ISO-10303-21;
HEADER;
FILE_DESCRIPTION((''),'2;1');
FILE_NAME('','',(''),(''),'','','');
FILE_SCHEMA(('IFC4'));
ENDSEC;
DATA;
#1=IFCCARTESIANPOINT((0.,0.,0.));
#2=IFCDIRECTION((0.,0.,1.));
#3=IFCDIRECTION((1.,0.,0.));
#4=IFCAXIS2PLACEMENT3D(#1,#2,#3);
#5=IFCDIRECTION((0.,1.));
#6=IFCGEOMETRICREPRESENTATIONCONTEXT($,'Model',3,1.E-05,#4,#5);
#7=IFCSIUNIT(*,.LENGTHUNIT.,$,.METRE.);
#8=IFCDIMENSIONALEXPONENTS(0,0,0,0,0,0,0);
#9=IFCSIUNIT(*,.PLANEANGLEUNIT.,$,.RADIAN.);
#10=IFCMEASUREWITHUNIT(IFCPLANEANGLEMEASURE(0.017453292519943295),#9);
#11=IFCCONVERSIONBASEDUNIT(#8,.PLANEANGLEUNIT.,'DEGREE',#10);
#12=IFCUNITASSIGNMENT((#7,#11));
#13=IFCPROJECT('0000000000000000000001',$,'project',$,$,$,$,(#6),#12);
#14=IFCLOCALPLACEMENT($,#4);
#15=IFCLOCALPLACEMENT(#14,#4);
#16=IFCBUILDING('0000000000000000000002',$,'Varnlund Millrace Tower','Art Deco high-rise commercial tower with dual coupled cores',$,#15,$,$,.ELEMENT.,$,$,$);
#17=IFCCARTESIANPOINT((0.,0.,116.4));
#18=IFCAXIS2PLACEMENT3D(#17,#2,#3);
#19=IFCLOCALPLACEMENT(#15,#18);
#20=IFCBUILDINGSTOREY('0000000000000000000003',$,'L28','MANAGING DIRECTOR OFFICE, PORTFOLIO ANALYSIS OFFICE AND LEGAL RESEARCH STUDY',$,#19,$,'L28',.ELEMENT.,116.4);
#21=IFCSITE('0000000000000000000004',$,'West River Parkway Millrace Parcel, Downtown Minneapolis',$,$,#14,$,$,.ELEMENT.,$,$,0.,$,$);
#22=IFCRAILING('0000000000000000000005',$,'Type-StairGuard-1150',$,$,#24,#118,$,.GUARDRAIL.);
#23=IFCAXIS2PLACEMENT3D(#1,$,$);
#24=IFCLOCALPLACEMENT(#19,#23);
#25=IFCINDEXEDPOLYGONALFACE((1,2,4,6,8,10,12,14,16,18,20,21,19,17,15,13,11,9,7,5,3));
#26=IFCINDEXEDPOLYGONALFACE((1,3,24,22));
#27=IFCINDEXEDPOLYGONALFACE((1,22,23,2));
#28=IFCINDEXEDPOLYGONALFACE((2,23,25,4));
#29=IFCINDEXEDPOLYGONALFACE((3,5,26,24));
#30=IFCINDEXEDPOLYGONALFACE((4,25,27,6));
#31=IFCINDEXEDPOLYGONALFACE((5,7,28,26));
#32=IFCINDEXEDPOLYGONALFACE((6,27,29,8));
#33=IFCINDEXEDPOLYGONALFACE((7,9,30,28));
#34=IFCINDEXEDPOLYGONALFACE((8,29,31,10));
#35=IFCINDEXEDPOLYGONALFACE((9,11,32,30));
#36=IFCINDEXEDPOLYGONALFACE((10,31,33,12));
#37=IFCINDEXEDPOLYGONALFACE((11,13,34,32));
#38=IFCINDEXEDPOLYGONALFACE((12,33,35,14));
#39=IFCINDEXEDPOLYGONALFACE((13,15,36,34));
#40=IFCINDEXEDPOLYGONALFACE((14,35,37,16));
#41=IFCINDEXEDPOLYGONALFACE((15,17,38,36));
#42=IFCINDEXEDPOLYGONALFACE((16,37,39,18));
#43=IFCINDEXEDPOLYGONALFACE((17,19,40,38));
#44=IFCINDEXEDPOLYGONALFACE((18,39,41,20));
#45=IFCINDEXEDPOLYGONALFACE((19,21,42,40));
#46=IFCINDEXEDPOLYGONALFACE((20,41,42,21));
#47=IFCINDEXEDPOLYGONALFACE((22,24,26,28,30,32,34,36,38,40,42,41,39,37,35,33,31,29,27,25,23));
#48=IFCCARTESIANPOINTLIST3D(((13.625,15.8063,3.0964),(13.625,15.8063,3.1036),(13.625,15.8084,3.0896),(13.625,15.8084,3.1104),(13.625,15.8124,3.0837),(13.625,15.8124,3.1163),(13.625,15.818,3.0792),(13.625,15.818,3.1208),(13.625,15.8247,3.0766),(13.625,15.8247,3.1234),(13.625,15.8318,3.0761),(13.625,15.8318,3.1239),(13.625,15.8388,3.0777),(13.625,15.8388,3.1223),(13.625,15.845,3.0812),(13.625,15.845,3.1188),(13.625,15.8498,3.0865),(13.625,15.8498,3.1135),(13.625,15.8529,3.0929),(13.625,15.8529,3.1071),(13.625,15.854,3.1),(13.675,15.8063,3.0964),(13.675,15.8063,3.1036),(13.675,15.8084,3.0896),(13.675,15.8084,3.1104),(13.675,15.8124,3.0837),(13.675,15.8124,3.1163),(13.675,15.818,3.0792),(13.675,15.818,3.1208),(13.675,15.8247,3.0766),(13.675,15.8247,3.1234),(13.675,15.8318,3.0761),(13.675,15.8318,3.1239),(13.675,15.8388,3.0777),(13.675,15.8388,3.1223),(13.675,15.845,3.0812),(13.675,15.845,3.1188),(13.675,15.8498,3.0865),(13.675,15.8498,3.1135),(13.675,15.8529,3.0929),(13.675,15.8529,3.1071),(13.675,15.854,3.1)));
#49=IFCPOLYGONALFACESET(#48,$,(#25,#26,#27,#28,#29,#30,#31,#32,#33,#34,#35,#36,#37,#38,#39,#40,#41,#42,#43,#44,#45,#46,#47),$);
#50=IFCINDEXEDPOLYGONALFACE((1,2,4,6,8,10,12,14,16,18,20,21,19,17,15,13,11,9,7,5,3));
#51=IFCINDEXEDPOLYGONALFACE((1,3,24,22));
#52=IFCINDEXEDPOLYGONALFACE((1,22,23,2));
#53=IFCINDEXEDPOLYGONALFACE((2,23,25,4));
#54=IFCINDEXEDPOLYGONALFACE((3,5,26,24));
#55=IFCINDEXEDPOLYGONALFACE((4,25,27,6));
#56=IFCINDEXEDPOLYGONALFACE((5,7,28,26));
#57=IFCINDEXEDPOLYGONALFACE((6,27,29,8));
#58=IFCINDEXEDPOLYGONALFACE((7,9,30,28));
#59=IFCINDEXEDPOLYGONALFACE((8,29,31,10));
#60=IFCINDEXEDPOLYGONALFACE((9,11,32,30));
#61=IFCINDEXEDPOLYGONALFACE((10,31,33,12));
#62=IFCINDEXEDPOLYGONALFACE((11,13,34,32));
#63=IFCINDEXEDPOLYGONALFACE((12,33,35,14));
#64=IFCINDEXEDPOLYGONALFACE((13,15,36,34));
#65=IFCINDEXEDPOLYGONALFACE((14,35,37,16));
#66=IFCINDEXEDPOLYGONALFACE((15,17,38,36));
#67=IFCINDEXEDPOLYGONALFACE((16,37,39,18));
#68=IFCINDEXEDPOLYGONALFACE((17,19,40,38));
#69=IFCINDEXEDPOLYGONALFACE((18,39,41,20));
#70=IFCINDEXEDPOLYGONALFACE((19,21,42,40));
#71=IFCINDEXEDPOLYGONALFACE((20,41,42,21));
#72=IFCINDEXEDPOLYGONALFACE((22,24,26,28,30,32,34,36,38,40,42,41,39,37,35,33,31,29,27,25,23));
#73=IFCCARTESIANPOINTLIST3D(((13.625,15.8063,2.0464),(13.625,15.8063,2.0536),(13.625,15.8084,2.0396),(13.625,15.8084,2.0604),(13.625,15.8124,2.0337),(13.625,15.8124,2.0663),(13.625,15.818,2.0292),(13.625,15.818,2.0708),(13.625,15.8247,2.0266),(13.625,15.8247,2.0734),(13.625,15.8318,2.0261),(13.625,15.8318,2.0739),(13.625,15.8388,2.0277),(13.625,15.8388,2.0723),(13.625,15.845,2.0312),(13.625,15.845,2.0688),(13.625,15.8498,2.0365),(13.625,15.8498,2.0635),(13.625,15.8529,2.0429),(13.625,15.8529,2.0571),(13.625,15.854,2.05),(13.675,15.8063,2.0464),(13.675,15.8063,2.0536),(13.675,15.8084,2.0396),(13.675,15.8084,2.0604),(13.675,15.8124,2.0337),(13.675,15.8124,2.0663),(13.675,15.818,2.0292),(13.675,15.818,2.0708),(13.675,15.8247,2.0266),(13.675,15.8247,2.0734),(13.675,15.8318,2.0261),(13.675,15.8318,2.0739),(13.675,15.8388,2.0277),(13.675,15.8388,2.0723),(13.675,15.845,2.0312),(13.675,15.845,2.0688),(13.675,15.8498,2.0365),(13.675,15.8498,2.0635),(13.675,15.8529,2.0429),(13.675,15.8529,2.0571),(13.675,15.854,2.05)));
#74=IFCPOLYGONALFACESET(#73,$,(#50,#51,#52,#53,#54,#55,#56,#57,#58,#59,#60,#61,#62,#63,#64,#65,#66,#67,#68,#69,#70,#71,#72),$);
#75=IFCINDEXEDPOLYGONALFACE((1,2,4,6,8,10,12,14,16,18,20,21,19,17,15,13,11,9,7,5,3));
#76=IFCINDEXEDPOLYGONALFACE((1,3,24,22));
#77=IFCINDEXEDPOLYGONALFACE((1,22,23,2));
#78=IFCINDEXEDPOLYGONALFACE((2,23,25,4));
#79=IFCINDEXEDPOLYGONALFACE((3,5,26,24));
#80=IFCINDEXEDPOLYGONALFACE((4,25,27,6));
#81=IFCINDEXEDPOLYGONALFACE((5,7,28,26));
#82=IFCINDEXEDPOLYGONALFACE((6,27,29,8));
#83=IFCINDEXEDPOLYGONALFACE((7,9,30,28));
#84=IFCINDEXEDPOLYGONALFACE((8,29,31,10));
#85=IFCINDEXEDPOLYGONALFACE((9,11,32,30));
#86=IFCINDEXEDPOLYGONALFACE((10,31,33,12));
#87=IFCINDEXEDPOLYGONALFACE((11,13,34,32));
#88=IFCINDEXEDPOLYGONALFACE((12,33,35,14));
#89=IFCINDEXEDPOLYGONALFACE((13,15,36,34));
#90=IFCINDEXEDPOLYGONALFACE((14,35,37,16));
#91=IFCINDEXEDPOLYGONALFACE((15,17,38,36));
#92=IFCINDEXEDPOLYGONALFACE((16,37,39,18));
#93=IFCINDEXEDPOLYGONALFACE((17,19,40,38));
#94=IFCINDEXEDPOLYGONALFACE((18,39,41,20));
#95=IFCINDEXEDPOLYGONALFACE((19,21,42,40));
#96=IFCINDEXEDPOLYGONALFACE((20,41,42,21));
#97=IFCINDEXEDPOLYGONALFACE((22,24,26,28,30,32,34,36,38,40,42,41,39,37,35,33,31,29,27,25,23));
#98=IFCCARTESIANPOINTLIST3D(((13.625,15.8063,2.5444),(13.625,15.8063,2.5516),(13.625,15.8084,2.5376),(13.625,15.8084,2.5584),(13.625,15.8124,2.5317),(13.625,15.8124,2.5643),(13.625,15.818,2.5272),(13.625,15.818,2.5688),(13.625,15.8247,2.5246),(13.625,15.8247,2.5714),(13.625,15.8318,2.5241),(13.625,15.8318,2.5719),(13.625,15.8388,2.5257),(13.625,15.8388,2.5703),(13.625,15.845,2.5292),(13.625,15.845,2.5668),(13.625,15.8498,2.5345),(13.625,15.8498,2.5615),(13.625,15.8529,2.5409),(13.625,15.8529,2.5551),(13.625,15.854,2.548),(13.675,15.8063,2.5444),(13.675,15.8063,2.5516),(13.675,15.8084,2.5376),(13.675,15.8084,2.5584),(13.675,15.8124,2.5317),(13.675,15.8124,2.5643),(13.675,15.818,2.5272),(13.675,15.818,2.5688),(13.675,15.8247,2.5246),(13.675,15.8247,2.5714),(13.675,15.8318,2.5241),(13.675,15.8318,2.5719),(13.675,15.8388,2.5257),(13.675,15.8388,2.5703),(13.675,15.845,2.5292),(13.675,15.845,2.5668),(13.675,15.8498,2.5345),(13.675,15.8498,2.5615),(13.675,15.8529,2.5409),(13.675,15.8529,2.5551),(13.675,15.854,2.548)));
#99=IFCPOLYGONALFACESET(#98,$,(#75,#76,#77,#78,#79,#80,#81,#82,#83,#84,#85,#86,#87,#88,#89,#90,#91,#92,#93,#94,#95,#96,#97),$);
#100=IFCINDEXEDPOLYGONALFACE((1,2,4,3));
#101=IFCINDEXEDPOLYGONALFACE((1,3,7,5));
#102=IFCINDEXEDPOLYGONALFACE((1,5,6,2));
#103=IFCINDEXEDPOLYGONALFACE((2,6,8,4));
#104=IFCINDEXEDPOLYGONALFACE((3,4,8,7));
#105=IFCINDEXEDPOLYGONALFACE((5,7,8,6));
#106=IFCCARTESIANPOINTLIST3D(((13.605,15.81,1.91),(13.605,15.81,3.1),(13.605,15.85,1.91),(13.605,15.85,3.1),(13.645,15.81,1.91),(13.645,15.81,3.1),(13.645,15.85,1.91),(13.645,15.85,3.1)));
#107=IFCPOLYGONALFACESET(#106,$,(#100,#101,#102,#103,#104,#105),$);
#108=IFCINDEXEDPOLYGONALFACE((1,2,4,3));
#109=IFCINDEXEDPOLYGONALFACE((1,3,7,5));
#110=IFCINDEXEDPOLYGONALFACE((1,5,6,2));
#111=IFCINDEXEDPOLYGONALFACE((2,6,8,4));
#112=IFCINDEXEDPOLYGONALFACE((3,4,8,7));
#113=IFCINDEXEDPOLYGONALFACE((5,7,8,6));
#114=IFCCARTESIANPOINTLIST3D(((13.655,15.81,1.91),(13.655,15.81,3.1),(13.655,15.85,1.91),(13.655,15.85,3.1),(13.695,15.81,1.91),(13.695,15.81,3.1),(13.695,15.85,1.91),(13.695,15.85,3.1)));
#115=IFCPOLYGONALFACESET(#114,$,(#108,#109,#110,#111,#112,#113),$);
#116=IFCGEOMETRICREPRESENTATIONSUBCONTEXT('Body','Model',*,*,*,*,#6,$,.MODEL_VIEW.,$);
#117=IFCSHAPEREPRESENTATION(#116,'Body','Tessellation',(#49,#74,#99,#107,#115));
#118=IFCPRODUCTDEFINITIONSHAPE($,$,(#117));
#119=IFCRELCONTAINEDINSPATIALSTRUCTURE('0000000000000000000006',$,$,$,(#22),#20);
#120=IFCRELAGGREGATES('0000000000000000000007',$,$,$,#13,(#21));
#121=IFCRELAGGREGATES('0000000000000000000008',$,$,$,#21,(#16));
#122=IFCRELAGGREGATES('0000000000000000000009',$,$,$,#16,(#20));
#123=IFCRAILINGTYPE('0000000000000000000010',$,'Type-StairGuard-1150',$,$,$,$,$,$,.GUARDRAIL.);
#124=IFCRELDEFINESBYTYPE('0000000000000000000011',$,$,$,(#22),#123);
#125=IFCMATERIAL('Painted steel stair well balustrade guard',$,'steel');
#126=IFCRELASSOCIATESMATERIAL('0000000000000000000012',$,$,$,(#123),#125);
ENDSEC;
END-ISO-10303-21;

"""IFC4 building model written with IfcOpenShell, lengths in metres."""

from ifc_helpers import new_model, entity, si_unit, converted_unit, direction, frame, origin_with_axes, origin_2d_with_axis, place, context, subcontext, project, spatial, rectangle, circle, extrude, material, type_object, element, save


model = new_model("IFC4")

# Units and contexts
model_context = context("Model", 3, precision=1e-05, world=origin_with_axes(), true_north=direction((0.0, 1.0)))
body_context = subcontext(model_context, "Body", "Model", "MODEL_VIEW")
ifc_project = project(units=[si_unit("LENGTHUNIT", "METRE"), converted_unit("PLANEANGLEUNIT", "DEGREE", entity("IfcPlaneAngleMeasure", 0.017453292519943295), si_unit("PLANEANGLEUNIT", "RADIAN"), dimensions=[0, 0, 0, 0, 0, 0, 0])], contexts=[model_context])

# Site, building, storey
site_placement = place(None, origin_with_axes())
site = spatial("IfcSite", under=ifc_project, at=site_placement, Name="West River Parkway Millrace Parcel, Downtown Minneapolis", CompositionType="ELEMENT", RefElevation=0.0)
building_placement = place(site_placement, origin_with_axes())
building = spatial("IfcBuilding", under=site, at=building_placement, Name="Varnlund Millrace Tower", Description="Art Deco high-rise commercial tower with dual coupled cores", CompositionType="ELEMENT")
storey_placement = place(building_placement, frame((0.0, 0.0, 116.4), z_axis=(0.0, 0.0, 1.0), x_axis=(1.0, 0.0, 0.0)))
storey = spatial("IfcBuildingStorey", under=building, at=storey_placement, Name="L28", Description="MANAGING DIRECTOR OFFICE, PORTFOLIO ANALYSIS OFFICE AND LEGAL RESEARCH STUDY", LongName="L28", CompositionType="ELEMENT", Elevation=116.4)

# Railing
ifc_material_1 = material(Name="Painted steel stair well balustrade guard", Category="steel")
railing_type_1 = type_object("IfcRailingType", Name="Type-StairGuard-1150", PredefinedType="GUARDRAIL", material=ifc_material_1)
railing_1_placement = place(storey_placement, frame((0.0, 0.0, -116.4), z_axis=(0.0, 0.0, 1.0), x_axis=(1.0, 0.0, 0.0)))
element("IfcRailing", 1, at=railing_1_placement, inside=storey, type_object=railing_type_1, Name="Type-StairGuard-1150", PredefinedType="GUARDRAIL", context=body_context, shape_type="SweptSolid", body=[
    extrude(circle(Radius=0.024, at=origin_2d_with_axis()), frame((13.625, 15.83, 119.5), z_axis=(1.0, 0.0, 0.0), x_axis=(0.0, 1.0, 0.0)), (0.0, 0.0, 1.0), 0.05),
    extrude(circle(Radius=0.024, at=origin_2d_with_axis()), frame((13.625, 15.83, 118.45), z_axis=(1.0, 0.0, 0.0), x_axis=(0.0, 1.0, 0.0)), (0.0, 0.0, 1.0), 0.05),
    extrude(circle(Radius=0.024, at=origin_2d_with_axis()), frame((13.625, 15.83, 118.948), z_axis=(1.0, 0.0, 0.0), x_axis=(0.0, 1.0, 0.0)), (0.0, 0.0, 1.0), 0.05),
    extrude(rectangle(XDim=0.04, YDim=0.04, at=origin_2d_with_axis()), frame((13.625, 15.83, 118.31), z_axis=(0.0, 0.0, 1.0), x_axis=(1.0, 0.0, 0.0)), (0.0, 0.0, 1.0), 1.19),
    extrude(rectangle(XDim=0.04, YDim=0.04, at=origin_2d_with_axis()), frame((13.675, 15.83, 118.31), z_axis=(0.0, 0.0, 1.0), x_axis=(1.0, 0.0, 0.0)), (0.0, 0.0, 1.0), 1.19),
])

save(model, "model.ifc")
